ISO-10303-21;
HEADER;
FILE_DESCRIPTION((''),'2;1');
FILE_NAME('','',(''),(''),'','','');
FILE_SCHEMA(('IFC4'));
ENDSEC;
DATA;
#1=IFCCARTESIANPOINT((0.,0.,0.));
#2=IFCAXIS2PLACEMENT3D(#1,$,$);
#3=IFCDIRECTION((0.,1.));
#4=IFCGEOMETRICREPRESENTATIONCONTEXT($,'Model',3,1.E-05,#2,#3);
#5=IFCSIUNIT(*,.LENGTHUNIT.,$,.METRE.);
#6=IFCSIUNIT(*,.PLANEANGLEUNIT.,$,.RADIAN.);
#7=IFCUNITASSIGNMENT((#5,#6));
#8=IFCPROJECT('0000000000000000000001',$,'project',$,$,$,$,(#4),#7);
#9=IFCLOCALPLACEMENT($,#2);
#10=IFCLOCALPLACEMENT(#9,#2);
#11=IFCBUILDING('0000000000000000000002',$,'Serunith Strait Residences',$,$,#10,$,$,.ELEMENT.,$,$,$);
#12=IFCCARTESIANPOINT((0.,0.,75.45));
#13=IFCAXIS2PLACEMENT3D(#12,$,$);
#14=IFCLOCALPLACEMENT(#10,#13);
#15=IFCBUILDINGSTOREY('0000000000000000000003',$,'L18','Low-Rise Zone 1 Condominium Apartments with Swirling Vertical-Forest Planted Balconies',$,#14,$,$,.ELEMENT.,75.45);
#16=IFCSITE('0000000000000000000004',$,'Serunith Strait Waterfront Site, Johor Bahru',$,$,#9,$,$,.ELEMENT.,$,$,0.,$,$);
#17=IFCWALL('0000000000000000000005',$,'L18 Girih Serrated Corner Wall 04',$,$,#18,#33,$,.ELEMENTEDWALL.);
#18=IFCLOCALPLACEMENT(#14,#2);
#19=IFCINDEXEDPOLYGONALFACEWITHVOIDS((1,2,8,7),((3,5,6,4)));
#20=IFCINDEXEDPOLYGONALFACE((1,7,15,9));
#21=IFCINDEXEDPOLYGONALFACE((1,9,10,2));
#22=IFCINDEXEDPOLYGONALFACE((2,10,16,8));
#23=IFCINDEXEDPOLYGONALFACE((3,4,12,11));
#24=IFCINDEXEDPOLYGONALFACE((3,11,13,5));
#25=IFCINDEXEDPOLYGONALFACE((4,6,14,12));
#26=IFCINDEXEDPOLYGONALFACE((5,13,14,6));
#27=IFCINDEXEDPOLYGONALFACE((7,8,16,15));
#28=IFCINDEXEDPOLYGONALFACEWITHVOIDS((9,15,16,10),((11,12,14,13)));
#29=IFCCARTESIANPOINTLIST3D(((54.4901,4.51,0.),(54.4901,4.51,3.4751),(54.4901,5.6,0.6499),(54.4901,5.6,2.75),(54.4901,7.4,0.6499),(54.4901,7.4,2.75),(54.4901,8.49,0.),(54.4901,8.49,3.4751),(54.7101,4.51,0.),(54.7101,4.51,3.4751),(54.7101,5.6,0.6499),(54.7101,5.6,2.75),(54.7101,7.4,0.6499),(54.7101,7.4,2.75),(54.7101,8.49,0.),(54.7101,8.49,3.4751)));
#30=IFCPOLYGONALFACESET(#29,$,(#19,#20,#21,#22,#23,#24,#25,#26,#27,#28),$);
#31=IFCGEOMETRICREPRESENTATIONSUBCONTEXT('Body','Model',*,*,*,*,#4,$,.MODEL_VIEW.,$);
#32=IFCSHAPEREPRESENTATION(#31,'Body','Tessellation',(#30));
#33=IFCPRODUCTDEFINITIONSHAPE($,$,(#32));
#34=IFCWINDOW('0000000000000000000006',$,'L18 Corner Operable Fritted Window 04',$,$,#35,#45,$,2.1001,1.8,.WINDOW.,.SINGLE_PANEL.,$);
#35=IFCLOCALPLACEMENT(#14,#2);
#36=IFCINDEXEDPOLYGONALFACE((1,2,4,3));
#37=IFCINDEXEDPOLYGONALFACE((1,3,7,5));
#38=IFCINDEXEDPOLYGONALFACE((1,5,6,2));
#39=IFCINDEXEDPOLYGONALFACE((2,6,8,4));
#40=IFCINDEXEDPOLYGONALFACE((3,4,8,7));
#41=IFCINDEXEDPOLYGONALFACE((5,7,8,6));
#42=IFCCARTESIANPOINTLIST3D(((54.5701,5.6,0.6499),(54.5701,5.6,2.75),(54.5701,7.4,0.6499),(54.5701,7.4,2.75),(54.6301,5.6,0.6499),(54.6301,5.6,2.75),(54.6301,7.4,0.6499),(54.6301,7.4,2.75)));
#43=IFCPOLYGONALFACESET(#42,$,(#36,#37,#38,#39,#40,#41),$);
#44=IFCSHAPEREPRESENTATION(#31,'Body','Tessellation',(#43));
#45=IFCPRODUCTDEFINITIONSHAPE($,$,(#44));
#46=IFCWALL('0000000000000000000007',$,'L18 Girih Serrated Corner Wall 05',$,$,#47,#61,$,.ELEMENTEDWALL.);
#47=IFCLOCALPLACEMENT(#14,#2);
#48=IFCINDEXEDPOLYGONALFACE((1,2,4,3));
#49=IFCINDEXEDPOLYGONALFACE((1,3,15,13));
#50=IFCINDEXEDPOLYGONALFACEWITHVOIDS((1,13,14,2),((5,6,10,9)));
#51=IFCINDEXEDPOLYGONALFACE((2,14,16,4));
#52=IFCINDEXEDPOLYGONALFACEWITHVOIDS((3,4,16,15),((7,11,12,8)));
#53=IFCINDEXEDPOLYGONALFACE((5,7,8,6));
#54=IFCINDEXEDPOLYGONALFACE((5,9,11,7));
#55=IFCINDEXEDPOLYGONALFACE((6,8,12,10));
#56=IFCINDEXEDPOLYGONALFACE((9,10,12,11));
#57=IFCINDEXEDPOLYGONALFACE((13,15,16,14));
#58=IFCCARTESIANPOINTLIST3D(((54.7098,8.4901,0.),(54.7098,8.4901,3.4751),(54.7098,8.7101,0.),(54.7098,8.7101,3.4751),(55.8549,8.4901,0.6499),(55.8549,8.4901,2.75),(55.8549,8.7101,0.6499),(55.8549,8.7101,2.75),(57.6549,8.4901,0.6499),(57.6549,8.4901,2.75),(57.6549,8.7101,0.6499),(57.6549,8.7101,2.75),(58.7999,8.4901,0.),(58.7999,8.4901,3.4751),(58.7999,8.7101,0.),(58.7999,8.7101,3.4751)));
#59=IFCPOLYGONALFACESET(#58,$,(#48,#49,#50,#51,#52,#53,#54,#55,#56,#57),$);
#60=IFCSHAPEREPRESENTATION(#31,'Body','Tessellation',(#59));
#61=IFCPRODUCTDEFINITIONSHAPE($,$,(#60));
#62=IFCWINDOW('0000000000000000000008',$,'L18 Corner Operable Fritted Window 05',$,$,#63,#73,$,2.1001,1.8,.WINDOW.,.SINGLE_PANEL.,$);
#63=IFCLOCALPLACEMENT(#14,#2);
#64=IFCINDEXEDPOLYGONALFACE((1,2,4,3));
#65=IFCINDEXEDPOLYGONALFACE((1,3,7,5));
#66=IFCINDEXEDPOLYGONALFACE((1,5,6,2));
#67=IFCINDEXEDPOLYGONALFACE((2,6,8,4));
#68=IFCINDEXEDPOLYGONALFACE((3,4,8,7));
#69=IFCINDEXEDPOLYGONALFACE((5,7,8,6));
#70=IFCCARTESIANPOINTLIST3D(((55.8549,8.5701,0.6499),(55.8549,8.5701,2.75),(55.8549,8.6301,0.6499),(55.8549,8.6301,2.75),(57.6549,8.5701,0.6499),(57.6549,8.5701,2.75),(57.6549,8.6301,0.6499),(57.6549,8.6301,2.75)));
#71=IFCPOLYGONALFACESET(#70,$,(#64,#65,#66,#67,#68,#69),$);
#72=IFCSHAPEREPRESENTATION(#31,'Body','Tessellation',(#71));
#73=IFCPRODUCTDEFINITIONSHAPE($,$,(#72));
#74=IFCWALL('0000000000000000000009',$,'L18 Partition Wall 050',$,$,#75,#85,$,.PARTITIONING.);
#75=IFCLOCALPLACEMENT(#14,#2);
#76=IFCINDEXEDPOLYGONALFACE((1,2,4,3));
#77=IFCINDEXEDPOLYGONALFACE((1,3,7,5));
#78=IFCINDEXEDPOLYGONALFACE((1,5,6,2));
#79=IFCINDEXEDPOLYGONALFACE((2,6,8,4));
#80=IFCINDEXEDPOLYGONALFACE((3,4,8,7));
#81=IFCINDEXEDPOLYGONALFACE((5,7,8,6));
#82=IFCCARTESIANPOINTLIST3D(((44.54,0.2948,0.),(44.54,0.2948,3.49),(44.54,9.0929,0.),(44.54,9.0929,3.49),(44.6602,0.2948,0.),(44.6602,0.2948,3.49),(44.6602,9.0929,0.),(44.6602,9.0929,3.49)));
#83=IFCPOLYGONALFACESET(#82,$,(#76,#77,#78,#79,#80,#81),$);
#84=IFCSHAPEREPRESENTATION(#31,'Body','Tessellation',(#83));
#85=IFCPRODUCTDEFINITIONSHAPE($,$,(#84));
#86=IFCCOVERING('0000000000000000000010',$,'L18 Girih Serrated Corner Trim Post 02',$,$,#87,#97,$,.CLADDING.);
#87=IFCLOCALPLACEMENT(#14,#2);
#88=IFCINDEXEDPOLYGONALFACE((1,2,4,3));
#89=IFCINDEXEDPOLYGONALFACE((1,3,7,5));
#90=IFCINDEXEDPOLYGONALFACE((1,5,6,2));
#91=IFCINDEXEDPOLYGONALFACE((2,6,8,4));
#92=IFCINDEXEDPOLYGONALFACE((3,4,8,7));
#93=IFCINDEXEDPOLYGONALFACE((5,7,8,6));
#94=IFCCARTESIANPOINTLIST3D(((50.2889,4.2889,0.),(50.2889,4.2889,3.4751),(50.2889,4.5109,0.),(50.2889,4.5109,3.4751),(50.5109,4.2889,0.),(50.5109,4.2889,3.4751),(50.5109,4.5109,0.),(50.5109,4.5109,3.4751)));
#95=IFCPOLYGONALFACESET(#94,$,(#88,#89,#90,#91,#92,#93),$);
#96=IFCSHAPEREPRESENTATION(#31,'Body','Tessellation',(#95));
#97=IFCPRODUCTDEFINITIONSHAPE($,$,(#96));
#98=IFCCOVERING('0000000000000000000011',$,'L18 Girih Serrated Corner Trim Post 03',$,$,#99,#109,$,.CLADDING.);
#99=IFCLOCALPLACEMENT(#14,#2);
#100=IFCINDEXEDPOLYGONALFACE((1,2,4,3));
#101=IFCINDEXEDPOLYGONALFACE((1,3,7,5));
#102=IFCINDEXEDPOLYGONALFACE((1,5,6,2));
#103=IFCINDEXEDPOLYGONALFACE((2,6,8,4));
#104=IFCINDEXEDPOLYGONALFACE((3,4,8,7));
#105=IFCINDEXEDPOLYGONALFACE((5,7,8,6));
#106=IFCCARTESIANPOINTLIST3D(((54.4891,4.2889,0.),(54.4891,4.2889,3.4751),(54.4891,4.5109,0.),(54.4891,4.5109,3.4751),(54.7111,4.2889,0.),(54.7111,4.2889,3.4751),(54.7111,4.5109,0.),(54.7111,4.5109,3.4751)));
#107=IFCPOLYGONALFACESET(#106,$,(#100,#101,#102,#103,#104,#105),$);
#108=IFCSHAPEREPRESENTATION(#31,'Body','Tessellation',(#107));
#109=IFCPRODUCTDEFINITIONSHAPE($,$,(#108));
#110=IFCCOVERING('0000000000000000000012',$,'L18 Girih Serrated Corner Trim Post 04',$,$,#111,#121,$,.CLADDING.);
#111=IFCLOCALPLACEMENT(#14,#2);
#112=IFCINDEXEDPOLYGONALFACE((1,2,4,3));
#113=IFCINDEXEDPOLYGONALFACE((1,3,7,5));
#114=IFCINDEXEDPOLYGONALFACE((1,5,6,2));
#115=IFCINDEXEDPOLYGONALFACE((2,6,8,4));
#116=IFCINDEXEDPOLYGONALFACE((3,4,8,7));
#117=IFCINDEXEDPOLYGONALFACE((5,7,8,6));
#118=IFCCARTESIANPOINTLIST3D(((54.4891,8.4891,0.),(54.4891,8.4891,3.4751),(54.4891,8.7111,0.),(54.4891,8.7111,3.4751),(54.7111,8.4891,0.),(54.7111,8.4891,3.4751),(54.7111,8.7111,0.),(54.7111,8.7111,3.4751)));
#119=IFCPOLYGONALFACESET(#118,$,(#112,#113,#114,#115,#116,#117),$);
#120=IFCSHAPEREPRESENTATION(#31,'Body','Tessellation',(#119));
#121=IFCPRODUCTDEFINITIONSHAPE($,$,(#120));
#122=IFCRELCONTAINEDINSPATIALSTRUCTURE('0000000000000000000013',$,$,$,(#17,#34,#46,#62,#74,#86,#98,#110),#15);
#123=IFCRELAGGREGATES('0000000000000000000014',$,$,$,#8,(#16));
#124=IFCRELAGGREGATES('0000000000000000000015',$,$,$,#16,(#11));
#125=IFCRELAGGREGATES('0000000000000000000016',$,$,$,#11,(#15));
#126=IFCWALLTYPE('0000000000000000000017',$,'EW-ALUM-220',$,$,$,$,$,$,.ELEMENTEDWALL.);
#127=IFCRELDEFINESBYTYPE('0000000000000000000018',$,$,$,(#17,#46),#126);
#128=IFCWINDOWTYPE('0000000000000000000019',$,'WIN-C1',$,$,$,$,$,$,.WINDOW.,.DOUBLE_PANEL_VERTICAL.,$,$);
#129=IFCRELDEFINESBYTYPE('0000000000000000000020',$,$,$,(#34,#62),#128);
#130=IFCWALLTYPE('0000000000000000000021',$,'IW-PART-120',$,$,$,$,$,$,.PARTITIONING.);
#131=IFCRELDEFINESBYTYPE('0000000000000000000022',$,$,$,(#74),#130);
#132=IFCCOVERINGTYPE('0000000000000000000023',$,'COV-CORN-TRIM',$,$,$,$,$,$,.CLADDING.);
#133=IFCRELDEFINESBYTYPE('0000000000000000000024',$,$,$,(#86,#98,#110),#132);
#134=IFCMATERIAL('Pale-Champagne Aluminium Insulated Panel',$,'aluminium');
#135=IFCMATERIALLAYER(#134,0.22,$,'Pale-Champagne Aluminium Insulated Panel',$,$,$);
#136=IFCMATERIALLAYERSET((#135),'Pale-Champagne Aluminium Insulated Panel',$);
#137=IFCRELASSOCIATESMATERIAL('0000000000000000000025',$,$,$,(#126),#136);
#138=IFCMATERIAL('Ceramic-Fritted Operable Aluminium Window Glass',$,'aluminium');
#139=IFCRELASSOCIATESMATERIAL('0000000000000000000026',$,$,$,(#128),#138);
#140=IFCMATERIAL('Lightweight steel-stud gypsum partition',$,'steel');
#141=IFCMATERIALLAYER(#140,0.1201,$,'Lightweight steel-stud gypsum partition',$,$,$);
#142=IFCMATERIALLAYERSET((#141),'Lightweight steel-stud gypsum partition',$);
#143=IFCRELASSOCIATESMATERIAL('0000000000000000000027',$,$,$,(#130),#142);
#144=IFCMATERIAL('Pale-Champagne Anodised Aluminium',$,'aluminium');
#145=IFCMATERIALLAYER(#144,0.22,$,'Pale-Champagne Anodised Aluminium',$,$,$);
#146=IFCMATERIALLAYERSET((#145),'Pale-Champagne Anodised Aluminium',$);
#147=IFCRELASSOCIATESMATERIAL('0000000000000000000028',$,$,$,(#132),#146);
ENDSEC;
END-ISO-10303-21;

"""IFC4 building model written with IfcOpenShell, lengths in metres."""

from ifc_helpers import new_model, si_unit, direction, frame, frame_2d, origin, origin_2d, place, context, subcontext, project, spatial, rectangle, extrude, source, transform, mapped, material, layer, layer_set, type_object, element, fill, save


model = new_model("IFC4")

# Units and contexts
model_context = context("Model", 3, precision=1e-05, world=origin(), true_north=direction((0.0, 1.0)))
body_context = subcontext(model_context, "Body", "Model", "MODEL_VIEW")
ifc_project = project(units=[si_unit("LENGTHUNIT", "METRE"), si_unit("PLANEANGLEUNIT", "RADIAN")], contexts=[model_context])

# Site, building, storey
site_placement = place(None, origin())
site = spatial("IfcSite", under=ifc_project, at=site_placement, Name="Serunith Strait Waterfront Site, Johor Bahru", CompositionType="ELEMENT", RefElevation=0.0)
building_placement = place(site_placement, origin())
building = spatial("IfcBuilding", under=site, at=building_placement, Name="Serunith Strait Residences", CompositionType="ELEMENT")
storey_placement = place(building_placement, frame((0.0, 0.0, 75.45)))
storey = spatial("IfcBuildingStorey", under=building, at=storey_placement, Name="L18", Description="Low-Rise Zone 1 Condominium Apartments with Swirling Vertical-Forest Planted Balconies", CompositionType="ELEMENT", Elevation=75.45)

# Shared definitions
ifc_material_1 = material(Name="Pale-Champagne Anodised Aluminium", Category="aluminium")

# Walls, openings, windows
ifc_material_2 = material(Name="Pale-Champagne Aluminium Insulated Panel", Category="aluminium")
ifc_layer_1 = layer(ifc_material_2, 0.22, Name="Pale-Champagne Aluminium Insulated Panel")
ifc_layer_set_1 = layer_set([ifc_layer_1], Name="Pale-Champagne Aluminium Insulated Panel")
wall_type_1 = type_object("IfcWallType", Name="EW-ALUM-220", PredefinedType="ELEMENTEDWALL", material=ifc_layer_set_1)
ifc_material_3 = material(Name="Ceramic-Fritted Operable Aluminium Window Glass", Category="aluminium")
window_type = type_object("IfcWindowType", Name="WIN-C1", PartitioningType="DOUBLE_PANEL_VERTICAL", PredefinedType="WINDOW", material=ifc_material_3)
shared_shape_1 = source(origin(), body_context, "Body", "SweptSolid", [
    extrude(rectangle(XDim=1.8, YDim=2.1001, at=frame_2d((0.8999, 1.05))), frame((0.0, 0.03, 0.0), z_axis=(0.0, -1.0, 0.0), x_axis=(1.0, 0.0, 0.0)), (0.0, 0.0, 1.0), 0.0601),
])
wall_1_placement = place(storey_placement, frame((54.6001, 4.51, 0.0), z_axis=(0.0, 0.0, 1.0), x_axis=(0.0, 1.0, 0.0)))
wall_1 = element("IfcWall", 1, at=wall_1_placement, inside=storey, type_object=wall_type_1, Name="L18 Girih Serrated Corner Wall 04", PredefinedType="ELEMENTEDWALL", context=body_context, shape_type="SweptSolid", body=[
    extrude(rectangle(XDim=3.98, YDim=0.22, at=frame_2d((1.99, 0.0))), origin(), (0.0, 0.0, 1.0), 3.4751),
])
opening_1_placement = place(wall_1_placement, frame((1.0901, 0.0, 0.6499)))
opening_1 = element("IfcOpeningElement", 2, at=opening_1_placement, cuts=wall_1, PredefinedType="OPENING", context=body_context, shape_type="SweptSolid", body=[
    extrude(rectangle(XDim=1.8, YDim=2.1001, at=frame_2d((0.8999, 1.05))), frame((0.0, 0.1201, 0.0), z_axis=(0.0, -1.0, 0.0), x_axis=(1.0, 0.0, 0.0)), (0.0, 0.0, 1.0), 0.24),
])
window_1_placement = place(opening_1_placement, origin())
window_1 = element("IfcWindow", 3, at=window_1_placement, inside=storey, type_object=window_type, Name="L18 Corner Operable Fritted Window 04", OverallHeight=2.1001, OverallWidth=1.8, PartitioningType="SINGLE_PANEL", PredefinedType="WINDOW", context=body_context, shape_type="MappedRepresentation", body=[
    mapped(shared_shape_1, transform((0.0, 0.0, 0.0), scale=1.0)),
])
fill(opening_1, window_1)
wall_2_placement = place(storey_placement, frame((54.71, 8.6001, 0.0), z_axis=(0.0, 0.0, 1.0), x_axis=(1.0, 0.0, 0.0)))
wall_2 = element("IfcWall", 4, at=wall_2_placement, inside=storey, type_object=wall_type_1, Name="L18 Girih Serrated Corner Wall 05", PredefinedType="ELEMENTEDWALL", context=body_context, shape_type="SweptSolid", body=[
    extrude(rectangle(XDim=4.0901, YDim=0.22, at=frame_2d((2.0449, 0.0))), origin(), (0.0, 0.0, 1.0), 3.4751),
])
opening_2_placement = place(wall_2_placement, frame((1.145, 0.0, 0.6499)))
opening_2 = element("IfcOpeningElement", 5, at=opening_2_placement, cuts=wall_2, PredefinedType="OPENING", context=body_context, shape_type="SweptSolid", body=[
    extrude(rectangle(XDim=1.8, YDim=2.1001, at=frame_2d((0.8999, 1.05))), frame((0.0, 0.1201, 0.0), z_axis=(0.0, -1.0, 0.0), x_axis=(1.0, 0.0, 0.0)), (0.0, 0.0, 1.0), 0.24),
])
window_2_placement = place(opening_2_placement, origin())
window_2 = element("IfcWindow", 6, at=window_2_placement, inside=storey, type_object=window_type, Name="L18 Corner Operable Fritted Window 05", OverallHeight=2.1001, OverallWidth=1.8, PartitioningType="SINGLE_PANEL", PredefinedType="WINDOW", context=body_context, shape_type="MappedRepresentation", body=[
    mapped(shared_shape_1, transform((0.0, 0.0, 0.0), scale=1.0)),
])
fill(opening_2, window_2)

# Wall
ifc_material_4 = material(Name="Lightweight steel-stud gypsum partition", Category="steel")
ifc_layer_2 = layer(ifc_material_4, 0.1201, Name="Lightweight steel-stud gypsum partition")
ifc_layer_set_2 = layer_set([ifc_layer_2], Name="Lightweight steel-stud gypsum partition")
wall_type_2 = type_object("IfcWallType", Name="IW-PART-120", PredefinedType="PARTITIONING", material=ifc_layer_set_2)
wall_3_placement = place(storey_placement, frame((44.6001, 0.2949, 0.0), z_axis=(0.0, 0.0, 1.0), x_axis=(0.0, 1.0, 0.0)))
element("IfcWall", 7, at=wall_3_placement, inside=storey, type_object=wall_type_2, Name="L18 Partition Wall 050", PredefinedType="PARTITIONING", context=body_context, shape_type="SweptSolid", body=[
    extrude(rectangle(XDim=8.7981, YDim=0.1201, at=frame_2d((4.3989, 0.0))), origin(), (0.0, 0.0, 1.0), 3.49),
])

# Coverings
ifc_layer_3 = layer(ifc_material_1, 0.22, Name="Pale-Champagne Anodised Aluminium")
ifc_layer_set_3 = layer_set([ifc_layer_3], Name="Pale-Champagne Anodised Aluminium")
covering_type = type_object("IfcCoveringType", Name="COV-CORN-TRIM", PredefinedType="CLADDING", material=ifc_layer_set_3)
shared_shape_2 = source(origin(), body_context, "Body", "SweptSolid", [
    extrude(rectangle(XDim=0.2219, YDim=0.2219, at=origin_2d()), origin(), (0.0, 0.0, 1.0), 3.4751),
])
for number, where, z_axis, x_axis, name in (
    (8, (50.3999, 4.3999, 0.0), (0.0, 0.0, 1.0), (1.0, 0.0, 0.0), "L18 Girih Serrated Corner Trim Post 02"),
    (9, (54.6001, 4.3999, 0.0), (0.0, 0.0, 1.0), (1.0, 0.0, 0.0), "L18 Girih Serrated Corner Trim Post 03"),
    (10, (54.6001, 8.6001, 0.0), (0.0, 0.0, 1.0), (1.0, 0.0, 0.0), "L18 Girih Serrated Corner Trim Post 04"),
):
    element("IfcCovering", number, at=place(storey_placement, frame(where, z_axis=z_axis, x_axis=x_axis)), inside=storey, type_object=covering_type, Name=name, PredefinedType="CLADDING", context=body_context, shape_type="MappedRepresentation", body=[
        mapped(shared_shape_2, transform((0.0, 0.0, 0.0), scale=1.0)),
    ])

save(model, "model.ifc")
